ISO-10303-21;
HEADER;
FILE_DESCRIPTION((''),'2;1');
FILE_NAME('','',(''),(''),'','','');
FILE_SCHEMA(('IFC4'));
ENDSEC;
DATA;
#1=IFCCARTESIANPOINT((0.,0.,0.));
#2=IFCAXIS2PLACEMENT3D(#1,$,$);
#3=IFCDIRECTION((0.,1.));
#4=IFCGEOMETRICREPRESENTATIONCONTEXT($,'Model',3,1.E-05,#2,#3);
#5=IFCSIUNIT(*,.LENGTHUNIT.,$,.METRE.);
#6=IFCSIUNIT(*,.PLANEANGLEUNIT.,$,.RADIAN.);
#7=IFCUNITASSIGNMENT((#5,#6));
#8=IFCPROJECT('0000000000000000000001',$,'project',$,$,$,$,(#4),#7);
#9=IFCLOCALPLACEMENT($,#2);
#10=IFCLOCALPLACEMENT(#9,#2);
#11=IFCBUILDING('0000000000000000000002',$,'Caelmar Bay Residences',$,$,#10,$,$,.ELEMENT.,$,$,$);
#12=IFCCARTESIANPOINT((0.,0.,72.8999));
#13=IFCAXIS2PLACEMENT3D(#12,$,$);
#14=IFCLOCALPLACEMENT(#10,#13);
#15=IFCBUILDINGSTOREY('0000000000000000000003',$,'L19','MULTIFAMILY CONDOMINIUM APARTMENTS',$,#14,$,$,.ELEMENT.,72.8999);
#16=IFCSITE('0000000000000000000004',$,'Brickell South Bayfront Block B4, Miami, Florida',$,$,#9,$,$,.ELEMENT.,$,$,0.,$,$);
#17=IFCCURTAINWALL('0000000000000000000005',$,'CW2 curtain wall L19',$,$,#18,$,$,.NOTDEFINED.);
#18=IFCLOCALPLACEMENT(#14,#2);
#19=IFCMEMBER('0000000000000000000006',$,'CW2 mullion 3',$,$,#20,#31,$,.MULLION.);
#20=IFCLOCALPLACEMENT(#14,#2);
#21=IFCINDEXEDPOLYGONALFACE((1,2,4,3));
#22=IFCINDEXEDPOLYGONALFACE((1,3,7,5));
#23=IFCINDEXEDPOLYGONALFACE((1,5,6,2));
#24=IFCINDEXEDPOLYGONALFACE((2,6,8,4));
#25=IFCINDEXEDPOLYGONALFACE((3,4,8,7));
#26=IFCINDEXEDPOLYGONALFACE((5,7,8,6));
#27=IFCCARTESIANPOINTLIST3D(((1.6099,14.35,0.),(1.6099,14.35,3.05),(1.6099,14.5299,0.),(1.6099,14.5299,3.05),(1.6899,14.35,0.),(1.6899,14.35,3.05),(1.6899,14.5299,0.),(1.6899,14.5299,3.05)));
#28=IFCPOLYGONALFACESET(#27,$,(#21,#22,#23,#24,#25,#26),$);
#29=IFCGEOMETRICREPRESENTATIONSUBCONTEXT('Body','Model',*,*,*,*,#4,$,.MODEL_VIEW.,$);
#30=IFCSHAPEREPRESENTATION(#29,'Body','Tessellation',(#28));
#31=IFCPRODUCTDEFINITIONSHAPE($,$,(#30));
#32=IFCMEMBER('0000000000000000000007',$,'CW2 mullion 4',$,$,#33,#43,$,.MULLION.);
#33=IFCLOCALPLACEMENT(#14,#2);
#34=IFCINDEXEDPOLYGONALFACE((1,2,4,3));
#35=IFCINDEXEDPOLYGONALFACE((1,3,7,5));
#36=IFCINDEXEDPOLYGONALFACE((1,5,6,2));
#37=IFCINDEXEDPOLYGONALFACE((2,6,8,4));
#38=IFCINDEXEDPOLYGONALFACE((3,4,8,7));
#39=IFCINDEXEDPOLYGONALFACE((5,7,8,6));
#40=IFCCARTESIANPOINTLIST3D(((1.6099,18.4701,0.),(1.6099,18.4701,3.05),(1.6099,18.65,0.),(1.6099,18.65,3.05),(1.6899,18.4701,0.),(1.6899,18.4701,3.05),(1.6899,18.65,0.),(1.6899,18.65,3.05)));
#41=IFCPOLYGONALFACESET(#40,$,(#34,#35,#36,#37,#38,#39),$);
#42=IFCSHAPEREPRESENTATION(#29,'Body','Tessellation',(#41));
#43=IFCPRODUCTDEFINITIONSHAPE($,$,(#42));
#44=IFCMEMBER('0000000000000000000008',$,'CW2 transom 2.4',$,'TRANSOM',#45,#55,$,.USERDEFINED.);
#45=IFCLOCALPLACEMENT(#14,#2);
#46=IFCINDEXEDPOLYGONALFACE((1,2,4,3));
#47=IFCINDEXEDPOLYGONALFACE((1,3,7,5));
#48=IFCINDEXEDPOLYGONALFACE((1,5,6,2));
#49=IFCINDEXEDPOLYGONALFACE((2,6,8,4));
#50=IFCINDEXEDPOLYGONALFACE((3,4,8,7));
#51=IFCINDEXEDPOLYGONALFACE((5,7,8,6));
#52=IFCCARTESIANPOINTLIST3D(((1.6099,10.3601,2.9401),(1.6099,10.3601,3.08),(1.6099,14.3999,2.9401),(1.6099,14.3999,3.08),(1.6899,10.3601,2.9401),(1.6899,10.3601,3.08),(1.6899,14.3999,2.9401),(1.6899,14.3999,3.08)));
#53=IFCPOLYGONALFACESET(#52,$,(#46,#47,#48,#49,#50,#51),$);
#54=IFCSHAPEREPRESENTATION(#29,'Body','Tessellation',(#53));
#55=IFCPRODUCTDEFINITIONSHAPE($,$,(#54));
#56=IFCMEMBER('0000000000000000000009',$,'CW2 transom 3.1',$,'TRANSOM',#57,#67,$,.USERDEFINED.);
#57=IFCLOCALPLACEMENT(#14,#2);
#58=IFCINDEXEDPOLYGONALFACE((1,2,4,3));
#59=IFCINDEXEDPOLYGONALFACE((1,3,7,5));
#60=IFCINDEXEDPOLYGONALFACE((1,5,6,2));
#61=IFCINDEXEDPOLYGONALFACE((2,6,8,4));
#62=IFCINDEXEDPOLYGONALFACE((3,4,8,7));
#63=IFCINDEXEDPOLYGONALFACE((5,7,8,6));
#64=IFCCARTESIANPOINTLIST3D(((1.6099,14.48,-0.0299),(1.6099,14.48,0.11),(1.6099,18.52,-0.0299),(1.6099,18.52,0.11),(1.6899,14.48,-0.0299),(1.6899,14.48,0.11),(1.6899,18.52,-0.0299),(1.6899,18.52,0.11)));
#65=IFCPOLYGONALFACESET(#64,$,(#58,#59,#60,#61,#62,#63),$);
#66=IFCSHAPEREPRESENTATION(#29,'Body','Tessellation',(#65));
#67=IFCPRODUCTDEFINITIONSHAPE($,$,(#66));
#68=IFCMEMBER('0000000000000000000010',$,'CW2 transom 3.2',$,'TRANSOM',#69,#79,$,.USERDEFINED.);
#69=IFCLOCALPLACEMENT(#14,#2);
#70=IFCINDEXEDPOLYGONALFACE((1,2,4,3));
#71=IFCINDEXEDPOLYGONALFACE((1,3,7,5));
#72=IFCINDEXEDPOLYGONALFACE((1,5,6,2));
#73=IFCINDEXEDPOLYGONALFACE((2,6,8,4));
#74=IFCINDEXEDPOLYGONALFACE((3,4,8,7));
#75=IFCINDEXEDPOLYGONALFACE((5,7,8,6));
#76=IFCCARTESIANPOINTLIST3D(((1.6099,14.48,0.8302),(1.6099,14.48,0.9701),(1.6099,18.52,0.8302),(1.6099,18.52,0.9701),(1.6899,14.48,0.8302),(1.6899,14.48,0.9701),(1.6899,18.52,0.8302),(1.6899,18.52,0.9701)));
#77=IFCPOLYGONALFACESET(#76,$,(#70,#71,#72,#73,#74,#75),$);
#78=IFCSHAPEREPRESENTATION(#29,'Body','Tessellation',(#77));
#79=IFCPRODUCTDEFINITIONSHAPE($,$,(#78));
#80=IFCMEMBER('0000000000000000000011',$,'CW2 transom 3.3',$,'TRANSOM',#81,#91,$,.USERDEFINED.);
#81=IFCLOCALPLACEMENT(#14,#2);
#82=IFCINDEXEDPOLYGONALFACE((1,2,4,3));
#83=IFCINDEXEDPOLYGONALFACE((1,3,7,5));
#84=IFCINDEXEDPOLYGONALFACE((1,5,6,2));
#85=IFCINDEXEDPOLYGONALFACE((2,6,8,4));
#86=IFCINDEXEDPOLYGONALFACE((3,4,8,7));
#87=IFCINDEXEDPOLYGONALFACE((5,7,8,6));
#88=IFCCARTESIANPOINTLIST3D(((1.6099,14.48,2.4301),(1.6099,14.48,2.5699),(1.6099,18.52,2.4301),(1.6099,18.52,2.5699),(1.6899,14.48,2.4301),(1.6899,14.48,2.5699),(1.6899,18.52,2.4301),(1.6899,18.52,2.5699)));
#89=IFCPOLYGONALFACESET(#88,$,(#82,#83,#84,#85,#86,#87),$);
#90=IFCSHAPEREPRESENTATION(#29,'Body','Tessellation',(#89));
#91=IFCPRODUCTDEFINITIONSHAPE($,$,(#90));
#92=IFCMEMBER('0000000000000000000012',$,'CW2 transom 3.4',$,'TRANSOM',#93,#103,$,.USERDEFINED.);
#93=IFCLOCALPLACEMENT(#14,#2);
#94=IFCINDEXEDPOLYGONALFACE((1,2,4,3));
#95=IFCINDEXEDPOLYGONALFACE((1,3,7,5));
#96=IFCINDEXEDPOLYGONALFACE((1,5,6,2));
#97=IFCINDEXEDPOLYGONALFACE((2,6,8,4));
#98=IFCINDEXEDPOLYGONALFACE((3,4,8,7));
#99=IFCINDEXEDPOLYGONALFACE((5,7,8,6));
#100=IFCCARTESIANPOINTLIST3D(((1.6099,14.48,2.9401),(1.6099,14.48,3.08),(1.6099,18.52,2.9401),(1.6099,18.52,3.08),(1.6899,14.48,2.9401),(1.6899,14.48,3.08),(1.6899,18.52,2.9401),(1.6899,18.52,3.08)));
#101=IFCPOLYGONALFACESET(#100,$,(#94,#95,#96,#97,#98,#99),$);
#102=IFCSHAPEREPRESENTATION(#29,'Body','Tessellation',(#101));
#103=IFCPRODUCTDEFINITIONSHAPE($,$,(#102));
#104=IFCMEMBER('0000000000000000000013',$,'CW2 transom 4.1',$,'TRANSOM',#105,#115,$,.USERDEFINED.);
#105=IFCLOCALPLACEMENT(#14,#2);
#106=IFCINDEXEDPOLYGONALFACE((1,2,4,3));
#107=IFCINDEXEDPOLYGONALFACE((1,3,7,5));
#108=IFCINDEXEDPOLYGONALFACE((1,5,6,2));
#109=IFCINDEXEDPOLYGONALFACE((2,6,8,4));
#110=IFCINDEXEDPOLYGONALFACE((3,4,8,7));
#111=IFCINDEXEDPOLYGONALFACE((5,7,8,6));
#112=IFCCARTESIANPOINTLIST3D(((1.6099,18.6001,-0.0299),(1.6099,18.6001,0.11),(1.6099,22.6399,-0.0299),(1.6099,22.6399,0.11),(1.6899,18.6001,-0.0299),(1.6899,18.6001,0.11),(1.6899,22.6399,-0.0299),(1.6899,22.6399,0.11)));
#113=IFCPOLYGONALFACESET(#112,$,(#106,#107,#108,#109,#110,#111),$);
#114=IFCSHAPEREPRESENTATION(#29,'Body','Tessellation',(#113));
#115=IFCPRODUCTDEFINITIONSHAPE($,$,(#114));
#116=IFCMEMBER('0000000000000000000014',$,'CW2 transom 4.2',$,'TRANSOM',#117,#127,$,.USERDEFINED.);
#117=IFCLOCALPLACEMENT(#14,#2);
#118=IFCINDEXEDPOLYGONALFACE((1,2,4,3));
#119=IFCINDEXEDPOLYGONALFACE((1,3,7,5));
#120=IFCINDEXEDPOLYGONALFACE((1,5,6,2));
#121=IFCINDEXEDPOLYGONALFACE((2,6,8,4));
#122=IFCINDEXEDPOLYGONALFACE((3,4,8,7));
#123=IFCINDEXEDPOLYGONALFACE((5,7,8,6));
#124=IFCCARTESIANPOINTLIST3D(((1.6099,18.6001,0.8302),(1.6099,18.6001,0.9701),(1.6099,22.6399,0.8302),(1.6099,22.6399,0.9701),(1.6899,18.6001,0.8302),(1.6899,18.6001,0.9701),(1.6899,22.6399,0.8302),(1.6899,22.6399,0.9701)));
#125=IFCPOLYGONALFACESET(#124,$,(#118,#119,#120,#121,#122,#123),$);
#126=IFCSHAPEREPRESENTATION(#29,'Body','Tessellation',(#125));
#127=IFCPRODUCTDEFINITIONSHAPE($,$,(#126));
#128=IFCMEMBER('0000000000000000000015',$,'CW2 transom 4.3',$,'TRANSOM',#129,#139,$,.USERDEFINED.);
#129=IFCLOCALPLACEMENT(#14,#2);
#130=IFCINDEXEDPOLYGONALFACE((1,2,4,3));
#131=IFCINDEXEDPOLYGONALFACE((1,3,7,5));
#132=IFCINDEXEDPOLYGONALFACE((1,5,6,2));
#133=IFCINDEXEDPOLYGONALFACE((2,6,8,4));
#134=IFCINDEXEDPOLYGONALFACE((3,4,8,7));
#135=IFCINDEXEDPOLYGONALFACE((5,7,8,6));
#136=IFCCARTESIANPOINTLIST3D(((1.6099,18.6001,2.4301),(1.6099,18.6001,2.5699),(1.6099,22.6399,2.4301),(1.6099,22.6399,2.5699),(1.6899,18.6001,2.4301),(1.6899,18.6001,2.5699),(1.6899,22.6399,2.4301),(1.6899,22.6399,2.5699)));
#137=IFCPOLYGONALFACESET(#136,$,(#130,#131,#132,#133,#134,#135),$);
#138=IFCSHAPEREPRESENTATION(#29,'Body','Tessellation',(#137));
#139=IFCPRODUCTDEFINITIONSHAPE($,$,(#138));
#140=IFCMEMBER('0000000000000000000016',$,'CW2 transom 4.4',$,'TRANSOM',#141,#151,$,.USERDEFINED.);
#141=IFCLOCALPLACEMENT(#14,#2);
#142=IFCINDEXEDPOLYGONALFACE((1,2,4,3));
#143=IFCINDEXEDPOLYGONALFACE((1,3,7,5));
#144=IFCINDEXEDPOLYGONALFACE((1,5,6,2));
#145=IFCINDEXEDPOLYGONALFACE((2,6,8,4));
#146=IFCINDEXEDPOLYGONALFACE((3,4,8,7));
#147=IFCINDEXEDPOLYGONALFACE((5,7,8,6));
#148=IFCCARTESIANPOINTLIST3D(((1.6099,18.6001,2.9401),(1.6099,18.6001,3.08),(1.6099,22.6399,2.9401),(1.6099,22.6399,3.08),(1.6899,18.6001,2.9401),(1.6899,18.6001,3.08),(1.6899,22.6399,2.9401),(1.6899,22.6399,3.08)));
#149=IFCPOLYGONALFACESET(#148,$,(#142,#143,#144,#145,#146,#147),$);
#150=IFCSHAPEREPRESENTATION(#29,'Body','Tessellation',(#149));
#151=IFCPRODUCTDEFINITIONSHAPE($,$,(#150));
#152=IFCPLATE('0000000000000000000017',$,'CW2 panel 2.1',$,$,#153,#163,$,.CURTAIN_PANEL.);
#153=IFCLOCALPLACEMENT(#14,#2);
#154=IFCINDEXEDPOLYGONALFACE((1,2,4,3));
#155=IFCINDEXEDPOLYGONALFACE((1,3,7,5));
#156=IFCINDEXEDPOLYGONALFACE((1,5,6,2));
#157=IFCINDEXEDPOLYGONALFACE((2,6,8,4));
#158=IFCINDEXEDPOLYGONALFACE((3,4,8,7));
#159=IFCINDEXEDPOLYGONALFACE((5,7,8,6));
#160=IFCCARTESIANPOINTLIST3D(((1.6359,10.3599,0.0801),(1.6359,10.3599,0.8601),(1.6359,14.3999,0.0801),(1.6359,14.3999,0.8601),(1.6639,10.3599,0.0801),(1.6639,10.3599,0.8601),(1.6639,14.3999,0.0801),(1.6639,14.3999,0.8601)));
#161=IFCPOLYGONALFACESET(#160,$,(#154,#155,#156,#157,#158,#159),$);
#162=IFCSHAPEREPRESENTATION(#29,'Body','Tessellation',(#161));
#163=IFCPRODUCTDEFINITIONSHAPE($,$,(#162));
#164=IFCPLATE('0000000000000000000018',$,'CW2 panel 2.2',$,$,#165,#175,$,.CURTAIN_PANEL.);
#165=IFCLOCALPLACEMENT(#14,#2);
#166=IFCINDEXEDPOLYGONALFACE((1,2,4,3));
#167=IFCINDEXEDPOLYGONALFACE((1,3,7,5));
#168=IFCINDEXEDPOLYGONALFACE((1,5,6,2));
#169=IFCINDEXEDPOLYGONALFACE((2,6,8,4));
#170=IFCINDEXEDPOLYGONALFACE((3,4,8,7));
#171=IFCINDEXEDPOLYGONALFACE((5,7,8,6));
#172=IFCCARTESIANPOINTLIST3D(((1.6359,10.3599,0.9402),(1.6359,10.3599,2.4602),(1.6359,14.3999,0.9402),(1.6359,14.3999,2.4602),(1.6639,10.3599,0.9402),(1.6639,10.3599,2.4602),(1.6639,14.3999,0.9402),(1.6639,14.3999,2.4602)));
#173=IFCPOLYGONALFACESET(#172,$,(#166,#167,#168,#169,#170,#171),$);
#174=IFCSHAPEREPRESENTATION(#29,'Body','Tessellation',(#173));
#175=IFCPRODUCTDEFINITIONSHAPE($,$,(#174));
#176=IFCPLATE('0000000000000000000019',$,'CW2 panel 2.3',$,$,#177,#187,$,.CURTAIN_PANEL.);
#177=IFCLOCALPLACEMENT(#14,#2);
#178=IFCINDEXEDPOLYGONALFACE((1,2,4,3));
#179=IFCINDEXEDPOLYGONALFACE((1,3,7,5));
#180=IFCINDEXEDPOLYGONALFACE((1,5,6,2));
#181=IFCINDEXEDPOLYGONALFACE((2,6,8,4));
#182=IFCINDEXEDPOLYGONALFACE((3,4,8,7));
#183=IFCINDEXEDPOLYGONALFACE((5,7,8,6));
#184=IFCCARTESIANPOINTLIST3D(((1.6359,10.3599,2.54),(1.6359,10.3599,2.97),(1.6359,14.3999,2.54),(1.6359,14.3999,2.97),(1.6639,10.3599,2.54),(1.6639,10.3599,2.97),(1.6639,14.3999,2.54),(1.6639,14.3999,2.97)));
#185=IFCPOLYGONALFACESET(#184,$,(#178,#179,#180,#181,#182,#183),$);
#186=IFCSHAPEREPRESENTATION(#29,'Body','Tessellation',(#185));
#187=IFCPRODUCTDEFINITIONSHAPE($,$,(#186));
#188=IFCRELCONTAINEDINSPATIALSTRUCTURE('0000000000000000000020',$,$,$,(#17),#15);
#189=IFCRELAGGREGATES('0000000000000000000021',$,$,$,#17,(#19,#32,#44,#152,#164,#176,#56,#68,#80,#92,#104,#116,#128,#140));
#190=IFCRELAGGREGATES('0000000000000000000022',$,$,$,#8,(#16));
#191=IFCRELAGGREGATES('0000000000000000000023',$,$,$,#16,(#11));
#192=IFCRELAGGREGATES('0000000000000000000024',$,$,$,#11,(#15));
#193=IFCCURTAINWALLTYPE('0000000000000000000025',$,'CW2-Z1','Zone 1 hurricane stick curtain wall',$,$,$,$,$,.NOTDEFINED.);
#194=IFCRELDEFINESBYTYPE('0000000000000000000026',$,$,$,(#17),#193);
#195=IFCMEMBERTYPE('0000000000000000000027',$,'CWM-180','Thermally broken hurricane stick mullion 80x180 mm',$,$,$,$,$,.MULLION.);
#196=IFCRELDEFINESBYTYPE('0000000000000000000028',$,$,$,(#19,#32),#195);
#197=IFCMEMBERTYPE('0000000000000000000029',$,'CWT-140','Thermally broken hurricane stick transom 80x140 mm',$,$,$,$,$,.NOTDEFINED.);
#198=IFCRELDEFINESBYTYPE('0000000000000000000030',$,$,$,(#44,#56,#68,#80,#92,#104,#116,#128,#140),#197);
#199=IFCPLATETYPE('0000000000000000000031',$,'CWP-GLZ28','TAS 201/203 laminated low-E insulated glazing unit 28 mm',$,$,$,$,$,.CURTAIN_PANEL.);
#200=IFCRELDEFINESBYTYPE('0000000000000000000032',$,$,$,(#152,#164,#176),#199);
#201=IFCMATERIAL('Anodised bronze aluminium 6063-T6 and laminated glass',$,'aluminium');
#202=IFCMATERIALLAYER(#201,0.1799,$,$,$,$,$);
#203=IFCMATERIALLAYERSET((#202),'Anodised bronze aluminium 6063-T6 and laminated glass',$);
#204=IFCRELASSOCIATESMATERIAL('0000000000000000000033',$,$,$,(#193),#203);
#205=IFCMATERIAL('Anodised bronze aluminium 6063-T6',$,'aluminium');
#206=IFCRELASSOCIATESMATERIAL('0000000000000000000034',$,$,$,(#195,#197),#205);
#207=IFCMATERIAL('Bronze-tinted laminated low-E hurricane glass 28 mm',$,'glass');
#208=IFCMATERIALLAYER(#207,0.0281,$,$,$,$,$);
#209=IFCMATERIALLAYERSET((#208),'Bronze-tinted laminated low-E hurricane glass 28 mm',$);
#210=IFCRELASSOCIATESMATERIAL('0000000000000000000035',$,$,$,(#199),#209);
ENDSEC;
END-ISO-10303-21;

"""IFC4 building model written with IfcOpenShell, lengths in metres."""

from ifc_helpers import new_model, si_unit, direction, frame, origin, origin_2d, place, context, subcontext, project, spatial, rectangle, extrude, material, layer, layer_set, material_profile, profile_set, type_object, element, aggregate, save


model = new_model("IFC4")

# Units and contexts
model_context = context("Model", 3, precision=1e-05, world=origin(), true_north=direction((0.0, 1.0)))
body_context = subcontext(model_context, "Body", "Model", "MODEL_VIEW")
ifc_project = project(units=[si_unit("LENGTHUNIT", "METRE"), si_unit("PLANEANGLEUNIT", "RADIAN")], contexts=[model_context])

# Site, building, storey
site_placement = place(None, origin())
site = spatial("IfcSite", under=ifc_project, at=site_placement, Name="Brickell South Bayfront Block B4, Miami, Florida", CompositionType="ELEMENT", RefElevation=0.0)
building_placement = place(site_placement, origin())
building = spatial("IfcBuilding", under=site, at=building_placement, Name="Caelmar Bay Residences", CompositionType="ELEMENT")
storey_placement = place(building_placement, frame((0.0, 0.0, 72.8999)))
storey = spatial("IfcBuildingStorey", under=building, at=storey_placement, Name="L19", Description="MULTIFAMILY CONDOMINIUM APARTMENTS", CompositionType="ELEMENT", Elevation=72.8999)

# Curtain wall, members, plates
ifc_material_1 = material(Name="Anodised bronze aluminium 6063-T6 and laminated glass", Category="aluminium")
ifc_layer_1 = layer(ifc_material_1, 0.1799)
ifc_layer_set_1 = layer_set([ifc_layer_1], Name="Anodised bronze aluminium 6063-T6 and laminated glass")
curtain_wall_type = type_object("IfcCurtainWallType", Name="CW2-Z1", Description="Zone 1 hurricane stick curtain wall", PredefinedType="NOTDEFINED", material=ifc_layer_set_1)
curtain_wall_placement = place(storey_placement, origin())
curtain_wall = element("IfcCurtainWall", 1, at=curtain_wall_placement, inside=storey, type_object=curtain_wall_type, Name="CW2 curtain wall L19", PredefinedType="NOTDEFINED")
ifc_material_2 = material(Name="Anodised bronze aluminium 6063-T6", Category="aluminium")
ifc_material_profile_1 = material_profile(ifc_material_2, rectangle(XDim=0.0801, YDim=0.1799, at=origin_2d()), Name="CWM-80X180")
ifc_profile_set_1 = profile_set([ifc_material_profile_1], Name="Anodised bronze aluminium 6063-T6")
member_type_1 = type_object("IfcMemberType", Name="CWM-180", Description="Thermally broken hurricane stick mullion 80x180 mm", PredefinedType="MULLION", material=ifc_profile_set_1)
member_1_placement = place(storey_placement, frame((1.6499, 14.4399, 0.0), z_axis=(0.0, 0.0, 1.0), x_axis=(-1.0, 0.0, 0.0)))
member_1 = element("IfcMember", 2, at=member_1_placement, type_object=member_type_1, Name="CW2 mullion 3", PredefinedType="MULLION", context=body_context, shape_type="SweptSolid", body=[
    extrude(rectangle(XDim=0.0801, YDim=0.1799, at=origin_2d()), origin(), (0.0, 0.0, 1.0), 3.05),
])
member_2_placement = place(storey_placement, frame((1.6499, 18.5601, 0.0), z_axis=(0.0, 0.0, 1.0), x_axis=(-1.0, 0.0, 0.0)))
member_2 = element("IfcMember", 3, at=member_2_placement, type_object=member_type_1, Name="CW2 mullion 4", PredefinedType="MULLION", context=body_context, shape_type="SweptSolid", body=[
    extrude(rectangle(XDim=0.0801, YDim=0.1799, at=origin_2d()), origin(), (0.0, 0.0, 1.0), 3.05),
])
ifc_material_profile_2 = material_profile(ifc_material_2, rectangle(XDim=0.0801, YDim=0.1399, at=origin_2d()), Name="CWT-80X140")
ifc_profile_set_2 = profile_set([ifc_material_profile_2], Name="Anodised bronze aluminium 6063-T6")
member_type_2 = type_object("IfcMemberType", Name="CWT-140", Description="Thermally broken hurricane stick transom 80x140 mm", PredefinedType="NOTDEFINED", material=ifc_profile_set_2)
member_3_placement = place(storey_placement, frame((1.6499, 10.3601, 3.01), z_axis=(0.0, 1.0, 0.0), x_axis=(-1.0, 0.0, 0.0)))
member_3 = element("IfcMember", 4, at=member_3_placement, type_object=member_type_2, Name="CW2 transom 2.4", ObjectType="TRANSOM", PredefinedType="USERDEFINED", context=body_context, shape_type="SweptSolid", body=[
    extrude(rectangle(XDim=0.0801, YDim=0.1399, at=origin_2d()), origin(), (0.0, 0.0, 1.0), 4.0398),
])
member_4_placement = place(storey_placement, frame((1.6499, 14.48, 0.04), z_axis=(0.0, 1.0, 0.0), x_axis=(-1.0, 0.0, 0.0)))
member_4 = element("IfcMember", 5, at=member_4_placement, type_object=member_type_2, Name="CW2 transom 3.1", ObjectType="TRANSOM", PredefinedType="USERDEFINED", context=body_context, shape_type="SweptSolid", body=[
    extrude(rectangle(XDim=0.0801, YDim=0.1399, at=origin_2d()), origin(), (0.0, 0.0, 1.0), 4.04),
])
member_5_placement = place(storey_placement, frame((1.6499, 14.48, 0.9001), z_axis=(0.0, 1.0, 0.0), x_axis=(-1.0, 0.0, 0.0)))
member_5 = element("IfcMember", 6, at=member_5_placement, type_object=member_type_2, Name="CW2 transom 3.2", ObjectType="TRANSOM", PredefinedType="USERDEFINED", context=body_context, shape_type="SweptSolid", body=[
    extrude(rectangle(XDim=0.0801, YDim=0.1399, at=origin_2d()), origin(), (0.0, 0.0, 1.0), 4.04),
])
member_6_placement = place(storey_placement, frame((1.6499, 14.48, 2.5), z_axis=(0.0, 1.0, 0.0), x_axis=(-1.0, 0.0, 0.0)))
member_6 = element("IfcMember", 7, at=member_6_placement, type_object=member_type_2, Name="CW2 transom 3.3", ObjectType="TRANSOM", PredefinedType="USERDEFINED", context=body_context, shape_type="SweptSolid", body=[
    extrude(rectangle(XDim=0.0801, YDim=0.1399, at=origin_2d()), origin(), (0.0, 0.0, 1.0), 4.04),
])
member_7_placement = place(storey_placement, frame((1.6499, 14.48, 3.01), z_axis=(0.0, 1.0, 0.0), x_axis=(-1.0, 0.0, 0.0)))
member_7 = element("IfcMember", 8, at=member_7_placement, type_object=member_type_2, Name="CW2 transom 3.4", ObjectType="TRANSOM", PredefinedType="USERDEFINED", context=body_context, shape_type="SweptSolid", body=[
    extrude(rectangle(XDim=0.0801, YDim=0.1399, at=origin_2d()), origin(), (0.0, 0.0, 1.0), 4.04),
])
member_8_placement = place(storey_placement, frame((1.6499, 18.6001, 0.04), z_axis=(0.0, 1.0, 0.0), x_axis=(-1.0, 0.0, 0.0)))
member_8 = element("IfcMember", 9, at=member_8_placement, type_object=member_type_2, Name="CW2 transom 4.1", ObjectType="TRANSOM", PredefinedType="USERDEFINED", context=body_context, shape_type="SweptSolid", body=[
    extrude(rectangle(XDim=0.0801, YDim=0.1399, at=origin_2d()), origin(), (0.0, 0.0, 1.0), 4.0398),
])
member_9_placement = place(storey_placement, frame((1.6499, 18.6001, 0.9001), z_axis=(0.0, 1.0, 0.0), x_axis=(-1.0, 0.0, 0.0)))
member_9 = element("IfcMember", 10, at=member_9_placement, type_object=member_type_2, Name="CW2 transom 4.2", ObjectType="TRANSOM", PredefinedType="USERDEFINED", context=body_context, shape_type="SweptSolid", body=[
    extrude(rectangle(XDim=0.0801, YDim=0.1399, at=origin_2d()), origin(), (0.0, 0.0, 1.0), 4.0398),
])
member_10_placement = place(storey_placement, frame((1.6499, 18.6001, 2.5), z_axis=(0.0, 1.0, 0.0), x_axis=(-1.0, 0.0, 0.0)))
member_10 = element("IfcMember", 11, at=member_10_placement, type_object=member_type_2, Name="CW2 transom 4.3", ObjectType="TRANSOM", PredefinedType="USERDEFINED", context=body_context, shape_type="SweptSolid", body=[
    extrude(rectangle(XDim=0.0801, YDim=0.1399, at=origin_2d()), origin(), (0.0, 0.0, 1.0), 4.0398),
])
member_11_placement = place(storey_placement, frame((1.6499, 18.6001, 3.01), z_axis=(0.0, 1.0, 0.0), x_axis=(-1.0, 0.0, 0.0)))
member_11 = element("IfcMember", 12, at=member_11_placement, type_object=member_type_2, Name="CW2 transom 4.4", ObjectType="TRANSOM", PredefinedType="USERDEFINED", context=body_context, shape_type="SweptSolid", body=[
    extrude(rectangle(XDim=0.0801, YDim=0.1399, at=origin_2d()), origin(), (0.0, 0.0, 1.0), 4.0398),
])
ifc_material_3 = material(Name="Bronze-tinted laminated low-E hurricane glass 28 mm", Category="glass")
ifc_layer_2 = layer(ifc_material_3, 0.0281)
ifc_layer_set_2 = layer_set([ifc_layer_2], Name="Bronze-tinted laminated low-E hurricane glass 28 mm")
plate_type = type_object("IfcPlateType", Name="CWP-GLZ28", Description="TAS 201/203 laminated low-E insulated glazing unit 28 mm", PredefinedType="CURTAIN_PANEL", material=ifc_layer_set_2)
plate_1_placement = place(storey_placement, frame((1.6499, 12.3799, 0.0801), z_axis=(0.0, 0.0, 1.0), x_axis=(0.0, 1.0, 0.0)))
plate_1 = element("IfcPlate", 13, at=plate_1_placement, type_object=plate_type, Name="CW2 panel 2.1", PredefinedType="CURTAIN_PANEL", context=body_context, shape_type="SweptSolid", body=[
    extrude(rectangle(XDim=4.04, YDim=0.0281, at=origin_2d()), origin(), (0.0, 0.0, 1.0), 0.78),
])
plate_2_placement = place(storey_placement, frame((1.6499, 12.3799, 0.9402), z_axis=(0.0, 0.0, 1.0), x_axis=(0.0, 1.0, 0.0)))
plate_2 = element("IfcPlate", 14, at=plate_2_placement, type_object=plate_type, Name="CW2 panel 2.2", PredefinedType="CURTAIN_PANEL", context=body_context, shape_type="SweptSolid", body=[
    extrude(rectangle(XDim=4.04, YDim=0.0281, at=origin_2d()), origin(), (0.0, 0.0, 1.0), 1.52),
])
plate_3_placement = place(storey_placement, frame((1.6499, 12.3799, 2.54), z_axis=(0.0, 0.0, 1.0), x_axis=(0.0, 1.0, 0.0)))
plate_3 = element("IfcPlate", 15, at=plate_3_placement, type_object=plate_type, Name="CW2 panel 2.3", PredefinedType="CURTAIN_PANEL", context=body_context, shape_type="SweptSolid", body=[
    extrude(rectangle(XDim=4.04, YDim=0.0281, at=origin_2d()), origin(), (0.0, 0.0, 1.0), 0.4299),
])
aggregate(curtain_wall, [member_1, member_2, member_3, plate_1, plate_2, plate_3, member_4, member_5, member_6, member_7, member_8, member_9, member_10, member_11])

save(model, "model.ifc")
